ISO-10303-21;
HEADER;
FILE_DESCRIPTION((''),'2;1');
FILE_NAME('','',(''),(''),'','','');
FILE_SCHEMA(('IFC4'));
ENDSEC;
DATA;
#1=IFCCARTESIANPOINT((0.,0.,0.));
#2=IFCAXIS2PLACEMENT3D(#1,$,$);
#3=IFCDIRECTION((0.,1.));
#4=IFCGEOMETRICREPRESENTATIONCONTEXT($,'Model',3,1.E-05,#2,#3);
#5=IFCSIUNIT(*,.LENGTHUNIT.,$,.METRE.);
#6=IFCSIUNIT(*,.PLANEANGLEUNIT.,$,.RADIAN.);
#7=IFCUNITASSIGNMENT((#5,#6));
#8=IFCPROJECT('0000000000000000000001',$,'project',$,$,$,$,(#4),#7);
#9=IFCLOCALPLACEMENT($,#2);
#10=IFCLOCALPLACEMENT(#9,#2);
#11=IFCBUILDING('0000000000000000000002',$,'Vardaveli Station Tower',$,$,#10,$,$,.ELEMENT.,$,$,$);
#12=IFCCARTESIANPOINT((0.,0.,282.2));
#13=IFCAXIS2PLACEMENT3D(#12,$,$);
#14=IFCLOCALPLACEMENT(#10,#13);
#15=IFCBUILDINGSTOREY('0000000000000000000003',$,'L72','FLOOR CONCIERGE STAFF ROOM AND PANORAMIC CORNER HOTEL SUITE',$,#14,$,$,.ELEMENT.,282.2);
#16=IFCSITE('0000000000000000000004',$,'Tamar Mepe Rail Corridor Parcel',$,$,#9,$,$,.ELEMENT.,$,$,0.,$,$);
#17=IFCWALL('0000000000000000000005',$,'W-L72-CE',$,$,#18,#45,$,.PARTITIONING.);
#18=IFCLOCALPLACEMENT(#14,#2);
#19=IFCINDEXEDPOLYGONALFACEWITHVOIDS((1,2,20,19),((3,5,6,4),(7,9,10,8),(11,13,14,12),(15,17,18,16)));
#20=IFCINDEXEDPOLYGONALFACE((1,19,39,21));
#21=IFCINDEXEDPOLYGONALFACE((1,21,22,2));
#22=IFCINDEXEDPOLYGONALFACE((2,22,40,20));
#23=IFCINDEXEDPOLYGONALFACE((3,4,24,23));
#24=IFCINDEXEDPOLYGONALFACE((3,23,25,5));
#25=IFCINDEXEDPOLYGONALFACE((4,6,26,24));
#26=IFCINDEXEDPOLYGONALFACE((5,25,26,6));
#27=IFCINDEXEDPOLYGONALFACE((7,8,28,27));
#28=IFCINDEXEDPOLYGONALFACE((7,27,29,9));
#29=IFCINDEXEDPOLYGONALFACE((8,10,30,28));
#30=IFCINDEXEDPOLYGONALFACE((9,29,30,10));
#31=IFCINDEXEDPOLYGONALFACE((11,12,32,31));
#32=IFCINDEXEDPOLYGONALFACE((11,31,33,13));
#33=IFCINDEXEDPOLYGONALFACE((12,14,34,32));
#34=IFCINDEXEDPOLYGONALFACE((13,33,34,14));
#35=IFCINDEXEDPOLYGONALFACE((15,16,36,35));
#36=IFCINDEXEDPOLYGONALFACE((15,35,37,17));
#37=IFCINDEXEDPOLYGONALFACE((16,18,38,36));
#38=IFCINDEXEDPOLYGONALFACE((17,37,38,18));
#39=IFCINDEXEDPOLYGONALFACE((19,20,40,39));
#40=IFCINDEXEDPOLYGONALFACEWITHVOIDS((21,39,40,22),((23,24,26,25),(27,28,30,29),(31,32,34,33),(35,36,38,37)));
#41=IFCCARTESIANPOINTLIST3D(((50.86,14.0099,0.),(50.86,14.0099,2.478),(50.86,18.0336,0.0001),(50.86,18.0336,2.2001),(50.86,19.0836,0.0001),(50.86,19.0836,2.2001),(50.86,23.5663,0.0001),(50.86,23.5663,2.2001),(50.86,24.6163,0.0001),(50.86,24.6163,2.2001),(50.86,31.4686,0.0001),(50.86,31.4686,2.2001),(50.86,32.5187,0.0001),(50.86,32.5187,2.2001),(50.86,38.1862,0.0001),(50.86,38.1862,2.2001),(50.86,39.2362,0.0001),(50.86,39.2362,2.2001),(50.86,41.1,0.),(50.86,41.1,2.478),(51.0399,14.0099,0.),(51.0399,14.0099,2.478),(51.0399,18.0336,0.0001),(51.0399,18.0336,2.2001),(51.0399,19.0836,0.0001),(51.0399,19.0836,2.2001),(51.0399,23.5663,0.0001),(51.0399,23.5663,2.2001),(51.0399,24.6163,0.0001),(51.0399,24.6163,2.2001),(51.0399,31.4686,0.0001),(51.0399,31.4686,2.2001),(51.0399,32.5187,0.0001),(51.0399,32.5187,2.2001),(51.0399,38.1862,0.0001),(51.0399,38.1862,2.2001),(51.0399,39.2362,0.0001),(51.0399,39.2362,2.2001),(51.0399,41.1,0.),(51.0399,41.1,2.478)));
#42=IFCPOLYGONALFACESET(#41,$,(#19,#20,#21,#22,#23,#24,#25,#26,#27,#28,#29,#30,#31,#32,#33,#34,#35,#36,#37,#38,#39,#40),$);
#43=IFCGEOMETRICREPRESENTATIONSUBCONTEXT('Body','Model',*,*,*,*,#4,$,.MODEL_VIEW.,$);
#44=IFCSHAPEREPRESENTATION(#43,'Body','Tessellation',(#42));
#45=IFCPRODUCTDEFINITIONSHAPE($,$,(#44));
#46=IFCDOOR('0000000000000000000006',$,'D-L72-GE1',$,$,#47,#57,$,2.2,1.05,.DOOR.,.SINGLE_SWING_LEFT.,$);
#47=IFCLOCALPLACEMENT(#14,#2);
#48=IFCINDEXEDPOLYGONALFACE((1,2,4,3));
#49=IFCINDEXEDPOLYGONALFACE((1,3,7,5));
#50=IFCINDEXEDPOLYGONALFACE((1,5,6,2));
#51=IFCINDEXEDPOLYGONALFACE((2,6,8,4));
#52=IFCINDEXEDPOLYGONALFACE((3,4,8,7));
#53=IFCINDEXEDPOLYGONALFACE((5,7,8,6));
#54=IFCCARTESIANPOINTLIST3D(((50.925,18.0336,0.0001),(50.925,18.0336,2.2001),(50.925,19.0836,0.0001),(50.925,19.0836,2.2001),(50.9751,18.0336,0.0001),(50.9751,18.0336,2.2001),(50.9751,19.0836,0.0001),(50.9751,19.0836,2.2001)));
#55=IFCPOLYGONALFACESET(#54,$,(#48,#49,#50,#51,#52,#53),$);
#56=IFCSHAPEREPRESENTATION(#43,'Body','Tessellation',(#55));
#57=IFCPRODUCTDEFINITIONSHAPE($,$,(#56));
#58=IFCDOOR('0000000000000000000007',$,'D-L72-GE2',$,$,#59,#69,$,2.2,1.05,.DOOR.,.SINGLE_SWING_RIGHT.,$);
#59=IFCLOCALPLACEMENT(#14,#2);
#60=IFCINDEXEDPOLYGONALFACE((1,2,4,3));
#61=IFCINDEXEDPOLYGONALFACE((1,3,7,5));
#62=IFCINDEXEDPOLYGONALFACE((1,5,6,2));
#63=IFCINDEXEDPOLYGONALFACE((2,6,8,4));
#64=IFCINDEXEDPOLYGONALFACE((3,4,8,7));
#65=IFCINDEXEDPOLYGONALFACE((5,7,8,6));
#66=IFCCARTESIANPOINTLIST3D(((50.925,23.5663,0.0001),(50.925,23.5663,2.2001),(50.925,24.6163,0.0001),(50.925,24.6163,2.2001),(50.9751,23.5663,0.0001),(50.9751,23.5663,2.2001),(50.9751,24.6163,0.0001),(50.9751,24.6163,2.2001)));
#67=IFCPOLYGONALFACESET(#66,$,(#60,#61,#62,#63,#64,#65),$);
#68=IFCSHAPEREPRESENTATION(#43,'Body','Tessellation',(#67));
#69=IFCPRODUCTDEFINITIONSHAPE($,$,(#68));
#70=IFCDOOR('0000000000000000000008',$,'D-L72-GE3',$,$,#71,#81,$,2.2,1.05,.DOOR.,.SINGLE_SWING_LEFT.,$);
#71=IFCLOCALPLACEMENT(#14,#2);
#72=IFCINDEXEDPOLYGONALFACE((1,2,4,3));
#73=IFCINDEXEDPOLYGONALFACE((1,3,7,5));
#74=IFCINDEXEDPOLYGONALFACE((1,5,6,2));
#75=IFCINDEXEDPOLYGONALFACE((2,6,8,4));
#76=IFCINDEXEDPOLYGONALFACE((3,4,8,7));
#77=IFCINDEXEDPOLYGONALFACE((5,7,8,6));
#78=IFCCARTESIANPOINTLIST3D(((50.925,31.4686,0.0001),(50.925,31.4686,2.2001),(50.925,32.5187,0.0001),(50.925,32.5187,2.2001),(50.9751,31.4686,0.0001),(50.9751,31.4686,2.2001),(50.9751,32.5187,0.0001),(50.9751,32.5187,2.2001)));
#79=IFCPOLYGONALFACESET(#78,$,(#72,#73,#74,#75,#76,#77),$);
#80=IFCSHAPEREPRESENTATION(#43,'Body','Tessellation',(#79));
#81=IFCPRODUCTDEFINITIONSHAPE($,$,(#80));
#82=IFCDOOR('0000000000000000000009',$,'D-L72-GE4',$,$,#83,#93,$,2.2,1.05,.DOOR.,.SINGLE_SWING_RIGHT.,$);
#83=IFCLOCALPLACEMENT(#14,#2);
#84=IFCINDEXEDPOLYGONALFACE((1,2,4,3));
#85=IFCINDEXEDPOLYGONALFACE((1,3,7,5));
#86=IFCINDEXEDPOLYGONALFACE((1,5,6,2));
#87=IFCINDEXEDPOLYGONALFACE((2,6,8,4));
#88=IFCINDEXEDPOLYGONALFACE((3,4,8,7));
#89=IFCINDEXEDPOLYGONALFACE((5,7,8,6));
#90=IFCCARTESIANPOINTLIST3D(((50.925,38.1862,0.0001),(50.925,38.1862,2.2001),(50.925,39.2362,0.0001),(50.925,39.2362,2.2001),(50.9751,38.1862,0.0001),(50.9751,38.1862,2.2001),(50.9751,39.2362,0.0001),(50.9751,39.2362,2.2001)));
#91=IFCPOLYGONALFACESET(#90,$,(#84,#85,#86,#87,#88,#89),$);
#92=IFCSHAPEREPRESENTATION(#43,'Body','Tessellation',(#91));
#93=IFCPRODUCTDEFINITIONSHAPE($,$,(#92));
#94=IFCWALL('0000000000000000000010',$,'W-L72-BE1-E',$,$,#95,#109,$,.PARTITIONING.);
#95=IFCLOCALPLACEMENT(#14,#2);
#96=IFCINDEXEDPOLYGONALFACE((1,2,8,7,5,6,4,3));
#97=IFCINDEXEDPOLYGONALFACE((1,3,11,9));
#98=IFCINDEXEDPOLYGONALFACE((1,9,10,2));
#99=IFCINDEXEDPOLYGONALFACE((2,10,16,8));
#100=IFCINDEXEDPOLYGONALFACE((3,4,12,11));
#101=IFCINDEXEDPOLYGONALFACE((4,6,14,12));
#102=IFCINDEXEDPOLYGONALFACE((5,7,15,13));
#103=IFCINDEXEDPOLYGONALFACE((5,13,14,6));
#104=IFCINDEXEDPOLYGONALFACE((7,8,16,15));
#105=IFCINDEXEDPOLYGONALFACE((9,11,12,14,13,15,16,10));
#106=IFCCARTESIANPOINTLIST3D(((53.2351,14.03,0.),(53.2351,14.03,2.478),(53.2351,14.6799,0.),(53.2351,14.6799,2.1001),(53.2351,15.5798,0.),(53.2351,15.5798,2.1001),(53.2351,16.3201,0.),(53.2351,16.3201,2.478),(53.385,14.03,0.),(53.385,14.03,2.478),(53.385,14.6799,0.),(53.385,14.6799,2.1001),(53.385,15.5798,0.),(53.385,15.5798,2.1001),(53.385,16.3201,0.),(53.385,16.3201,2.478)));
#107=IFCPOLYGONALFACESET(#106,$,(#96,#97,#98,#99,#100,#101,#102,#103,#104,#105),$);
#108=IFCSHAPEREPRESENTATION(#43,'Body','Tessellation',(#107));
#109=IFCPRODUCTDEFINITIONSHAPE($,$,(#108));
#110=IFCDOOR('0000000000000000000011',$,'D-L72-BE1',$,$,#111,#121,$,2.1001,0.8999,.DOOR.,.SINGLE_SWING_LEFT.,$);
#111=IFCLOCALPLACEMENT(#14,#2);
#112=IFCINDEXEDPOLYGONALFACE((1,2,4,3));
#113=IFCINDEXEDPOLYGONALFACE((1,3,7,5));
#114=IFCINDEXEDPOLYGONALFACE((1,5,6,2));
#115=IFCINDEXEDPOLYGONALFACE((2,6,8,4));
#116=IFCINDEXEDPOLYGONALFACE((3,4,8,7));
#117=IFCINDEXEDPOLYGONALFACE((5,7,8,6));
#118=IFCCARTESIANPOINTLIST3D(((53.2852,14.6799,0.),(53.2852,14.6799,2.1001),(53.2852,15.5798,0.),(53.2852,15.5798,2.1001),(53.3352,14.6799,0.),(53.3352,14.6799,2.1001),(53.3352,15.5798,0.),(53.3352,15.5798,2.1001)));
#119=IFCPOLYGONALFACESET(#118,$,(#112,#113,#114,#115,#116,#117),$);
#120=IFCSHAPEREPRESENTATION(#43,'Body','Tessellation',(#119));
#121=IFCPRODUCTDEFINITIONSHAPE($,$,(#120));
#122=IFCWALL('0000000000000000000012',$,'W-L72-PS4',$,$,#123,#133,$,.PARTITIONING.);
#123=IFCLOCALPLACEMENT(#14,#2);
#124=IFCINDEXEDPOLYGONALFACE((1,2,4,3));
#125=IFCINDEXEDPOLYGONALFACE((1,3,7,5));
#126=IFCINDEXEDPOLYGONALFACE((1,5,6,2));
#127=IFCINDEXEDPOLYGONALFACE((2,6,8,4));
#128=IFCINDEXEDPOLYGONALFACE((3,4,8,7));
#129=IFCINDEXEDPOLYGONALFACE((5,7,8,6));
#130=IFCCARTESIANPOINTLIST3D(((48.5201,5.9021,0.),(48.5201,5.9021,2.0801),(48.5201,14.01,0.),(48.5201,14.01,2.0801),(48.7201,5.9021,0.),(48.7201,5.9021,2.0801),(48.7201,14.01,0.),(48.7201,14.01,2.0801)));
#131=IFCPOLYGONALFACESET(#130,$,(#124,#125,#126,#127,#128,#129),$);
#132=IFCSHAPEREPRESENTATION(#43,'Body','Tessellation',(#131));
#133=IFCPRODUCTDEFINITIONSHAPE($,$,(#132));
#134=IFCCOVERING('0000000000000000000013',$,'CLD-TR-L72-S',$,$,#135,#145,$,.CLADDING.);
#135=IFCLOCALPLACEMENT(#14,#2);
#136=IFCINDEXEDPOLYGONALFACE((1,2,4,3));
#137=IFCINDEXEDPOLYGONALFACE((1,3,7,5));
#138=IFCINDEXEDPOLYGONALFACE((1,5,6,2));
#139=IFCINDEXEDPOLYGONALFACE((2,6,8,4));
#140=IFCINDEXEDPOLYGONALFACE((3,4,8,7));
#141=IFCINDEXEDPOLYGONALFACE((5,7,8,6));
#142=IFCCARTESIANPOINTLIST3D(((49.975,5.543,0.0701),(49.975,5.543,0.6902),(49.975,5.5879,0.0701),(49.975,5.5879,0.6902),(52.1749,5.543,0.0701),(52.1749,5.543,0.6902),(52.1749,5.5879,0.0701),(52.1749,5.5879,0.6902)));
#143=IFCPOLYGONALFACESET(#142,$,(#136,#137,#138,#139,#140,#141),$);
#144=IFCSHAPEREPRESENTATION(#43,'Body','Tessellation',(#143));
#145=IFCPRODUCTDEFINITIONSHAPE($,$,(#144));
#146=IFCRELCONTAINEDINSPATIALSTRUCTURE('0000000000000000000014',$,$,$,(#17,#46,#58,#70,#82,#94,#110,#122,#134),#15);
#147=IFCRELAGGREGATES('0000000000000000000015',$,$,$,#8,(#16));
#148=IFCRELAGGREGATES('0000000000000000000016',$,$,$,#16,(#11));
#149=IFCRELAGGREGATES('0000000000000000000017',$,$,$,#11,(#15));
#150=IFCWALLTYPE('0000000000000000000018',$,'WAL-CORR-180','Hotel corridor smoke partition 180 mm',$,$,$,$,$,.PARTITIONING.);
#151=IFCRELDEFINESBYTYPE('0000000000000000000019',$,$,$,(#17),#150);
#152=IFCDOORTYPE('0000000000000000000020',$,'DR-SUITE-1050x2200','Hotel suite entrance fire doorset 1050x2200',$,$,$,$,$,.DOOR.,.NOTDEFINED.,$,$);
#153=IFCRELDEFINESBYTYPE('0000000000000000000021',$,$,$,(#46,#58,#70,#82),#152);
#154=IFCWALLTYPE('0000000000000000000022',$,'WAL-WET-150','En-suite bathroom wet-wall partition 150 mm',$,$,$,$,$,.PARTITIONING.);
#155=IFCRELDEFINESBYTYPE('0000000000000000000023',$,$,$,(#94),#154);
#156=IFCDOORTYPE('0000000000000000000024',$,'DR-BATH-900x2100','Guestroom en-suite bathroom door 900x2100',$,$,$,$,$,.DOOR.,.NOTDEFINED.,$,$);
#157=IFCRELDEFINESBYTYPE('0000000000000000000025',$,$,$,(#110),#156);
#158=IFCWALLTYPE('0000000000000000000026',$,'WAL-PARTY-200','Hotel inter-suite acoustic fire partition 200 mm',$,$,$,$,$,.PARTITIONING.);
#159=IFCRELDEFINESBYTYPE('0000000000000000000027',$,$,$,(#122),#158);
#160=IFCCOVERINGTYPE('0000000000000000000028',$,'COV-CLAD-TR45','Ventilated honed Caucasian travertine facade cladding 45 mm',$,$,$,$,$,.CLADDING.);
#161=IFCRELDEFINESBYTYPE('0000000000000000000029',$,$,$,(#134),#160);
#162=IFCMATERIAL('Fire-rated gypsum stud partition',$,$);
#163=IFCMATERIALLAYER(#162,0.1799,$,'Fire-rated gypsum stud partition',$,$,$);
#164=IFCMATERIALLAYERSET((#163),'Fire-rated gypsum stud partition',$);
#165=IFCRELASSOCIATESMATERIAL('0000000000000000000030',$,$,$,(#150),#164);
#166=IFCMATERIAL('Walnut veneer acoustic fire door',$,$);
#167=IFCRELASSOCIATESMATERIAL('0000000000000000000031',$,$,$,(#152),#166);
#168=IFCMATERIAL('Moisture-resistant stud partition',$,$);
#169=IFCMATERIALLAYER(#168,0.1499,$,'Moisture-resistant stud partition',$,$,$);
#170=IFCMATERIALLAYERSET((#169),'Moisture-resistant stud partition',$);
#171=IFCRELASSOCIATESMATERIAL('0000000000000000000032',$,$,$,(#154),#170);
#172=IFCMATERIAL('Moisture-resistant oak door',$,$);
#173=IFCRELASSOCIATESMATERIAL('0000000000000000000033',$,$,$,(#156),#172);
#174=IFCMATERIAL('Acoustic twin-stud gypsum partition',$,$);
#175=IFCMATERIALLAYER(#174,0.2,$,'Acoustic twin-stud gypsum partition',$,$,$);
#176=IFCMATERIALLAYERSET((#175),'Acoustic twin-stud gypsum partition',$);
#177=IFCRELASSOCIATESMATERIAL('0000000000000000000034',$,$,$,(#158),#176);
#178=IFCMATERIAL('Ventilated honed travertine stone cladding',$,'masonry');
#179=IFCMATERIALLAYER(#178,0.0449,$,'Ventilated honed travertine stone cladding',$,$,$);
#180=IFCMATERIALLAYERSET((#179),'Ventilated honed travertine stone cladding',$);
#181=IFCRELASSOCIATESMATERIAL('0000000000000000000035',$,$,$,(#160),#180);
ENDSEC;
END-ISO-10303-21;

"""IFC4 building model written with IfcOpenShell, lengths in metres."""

from ifc_helpers import new_model, si_unit, direction, frame, frame_2d, origin, origin_2d, place, context, subcontext, project, spatial, rectangle, extrude, source, transform, mapped, material, layer, layer_set, type_object, element, fill, save


model = new_model("IFC4")

# Units and contexts
model_context = context("Model", 3, precision=1e-05, world=origin(), true_north=direction((0.0, 1.0)))
body_context = subcontext(model_context, "Body", "Model", "MODEL_VIEW")
ifc_project = project(units=[si_unit("LENGTHUNIT", "METRE"), si_unit("PLANEANGLEUNIT", "RADIAN")], contexts=[model_context])

# Site, building, storey
site_placement = place(None, origin())
site = spatial("IfcSite", under=ifc_project, at=site_placement, Name="Tamar Mepe Rail Corridor Parcel", CompositionType="ELEMENT", RefElevation=0.0)
building_placement = place(site_placement, origin())
building = spatial("IfcBuilding", under=site, at=building_placement, Name="Vardaveli Station Tower", CompositionType="ELEMENT")
storey_placement = place(building_placement, frame((0.0, 0.0, 282.2)))
storey = spatial("IfcBuildingStorey", under=building, at=storey_placement, Name="L72", Description="FLOOR CONCIERGE STAFF ROOM AND PANORAMIC CORNER HOTEL SUITE", CompositionType="ELEMENT", Elevation=282.2)

# Wall, openings, doors
ifc_material_1 = material(Name="Fire-rated gypsum stud partition")
ifc_layer_1 = layer(ifc_material_1, 0.1799, Name="Fire-rated gypsum stud partition")
ifc_layer_set_1 = layer_set([ifc_layer_1], Name="Fire-rated gypsum stud partition")
wall_type_1 = type_object("IfcWallType", Name="WAL-CORR-180", Description="Hotel corridor smoke partition 180 mm", PredefinedType="PARTITIONING", material=ifc_layer_set_1)
shared_shape_1 = source(origin(), body_context, "Body", "SweptSolid", [
    extrude(rectangle(XDim=27.0901, YDim=0.1799, at=frame_2d((13.5449, 0.0))), origin(), (0.0, 0.0, 1.0), 2.478),
])
wall_1_placement = place(storey_placement, frame((50.95, 14.01, 0.0), z_axis=(0.0, 0.0, 1.0), x_axis=(0.0, 1.0, 0.0)))
wall_1 = element("IfcWall", 1, at=wall_1_placement, inside=storey, type_object=wall_type_1, Name="W-L72-CE", PredefinedType="PARTITIONING", context=body_context, shape_type="MappedRepresentation", body=[
    mapped(shared_shape_1, transform((0.0, 0.0, 0.0), scale=1.0)),
])
shared_shape_2 = source(origin(), body_context, "Body", "SweptSolid", [
    extrude(rectangle(XDim=1.05, YDim=2.2, at=frame_2d((0.5249, 1.1001))), frame((0.0, 0.1001, 0.0), z_axis=(0.0, -1.0, 0.0), x_axis=(1.0, 0.0, 0.0)), (0.0, 0.0, 1.0), 0.2),
])
opening_1_placement = place(wall_1_placement, frame((4.0237, 0.0, 0.0)))
opening_1 = element("IfcOpeningElement", 2, at=opening_1_placement, cuts=wall_1, PredefinedType="OPENING", context=body_context, shape_type="MappedRepresentation", body=[
    mapped(shared_shape_2, transform((0.0, 0.0, 0.0), scale=1.0)),
])
opening_2_placement = place(wall_1_placement, frame((9.5564, 0.0, 0.0)))
opening_2 = element("IfcOpeningElement", 3, at=opening_2_placement, cuts=wall_1, PredefinedType="OPENING", context=body_context, shape_type="MappedRepresentation", body=[
    mapped(shared_shape_2, transform((0.0, 0.0, 0.0), scale=1.0)),
])
opening_3_placement = place(wall_1_placement, frame((17.4587, 0.0, 0.0)))
opening_3 = element("IfcOpeningElement", 4, at=opening_3_placement, cuts=wall_1, PredefinedType="OPENING", context=body_context, shape_type="MappedRepresentation", body=[
    mapped(shared_shape_2, transform((0.0, 0.0, 0.0), scale=1.0)),
])
opening_4_placement = place(wall_1_placement, frame((24.1763, 0.0, 0.0)))
opening_4 = element("IfcOpeningElement", 5, at=opening_4_placement, cuts=wall_1, PredefinedType="OPENING", context=body_context, shape_type="MappedRepresentation", body=[
    mapped(shared_shape_2, transform((0.0, 0.0, 0.0), scale=1.0)),
])
ifc_material_2 = material(Name="Walnut veneer acoustic fire door")
door_type_1 = type_object("IfcDoorType", Name="DR-SUITE-1050x2200", Description="Hotel suite entrance fire doorset 1050x2200", OperationType="NOTDEFINED", PredefinedType="DOOR", material=ifc_material_2)
shared_shape_3 = source(origin(), body_context, "Body", "SweptSolid", [
    extrude(rectangle(XDim=1.05, YDim=2.2, at=frame_2d((0.5249, 1.1001))), frame((0.0, 0.0249, 0.0), z_axis=(0.0, -1.0, 0.0), x_axis=(1.0, 0.0, 0.0)), (0.0, 0.0, 1.0), 0.05),
])
door_1_placement = place(opening_1_placement, origin())
door_1 = element("IfcDoor", 6, at=door_1_placement, inside=storey, type_object=door_type_1, Name="D-L72-GE1", OperationType="SINGLE_SWING_LEFT", OverallHeight=2.2, OverallWidth=1.05, PredefinedType="DOOR", context=body_context, shape_type="MappedRepresentation", body=[
    mapped(shared_shape_3, transform((0.0, 0.0, 0.0), scale=1.0)),
])
fill(opening_1, door_1)
door_2_placement = place(opening_2_placement, origin())
door_2 = element("IfcDoor", 7, at=door_2_placement, inside=storey, type_object=door_type_1, Name="D-L72-GE2", OperationType="SINGLE_SWING_RIGHT", OverallHeight=2.2, OverallWidth=1.05, PredefinedType="DOOR", context=body_context, shape_type="MappedRepresentation", body=[
    mapped(shared_shape_3, transform((0.0, 0.0, 0.0), scale=1.0)),
])
fill(opening_2, door_2)
door_3_placement = place(opening_3_placement, origin())
door_3 = element("IfcDoor", 8, at=door_3_placement, inside=storey, type_object=door_type_1, Name="D-L72-GE3", OperationType="SINGLE_SWING_LEFT", OverallHeight=2.2, OverallWidth=1.05, PredefinedType="DOOR", context=body_context, shape_type="MappedRepresentation", body=[
    mapped(shared_shape_3, transform((0.0, 0.0, 0.0), scale=1.0)),
])
fill(opening_3, door_3)
door_4_placement = place(opening_4_placement, origin())
door_4 = element("IfcDoor", 9, at=door_4_placement, inside=storey, type_object=door_type_1, Name="D-L72-GE4", OperationType="SINGLE_SWING_RIGHT", OverallHeight=2.2, OverallWidth=1.05, PredefinedType="DOOR", context=body_context, shape_type="MappedRepresentation", body=[
    mapped(shared_shape_3, transform((0.0, 0.0, 0.0), scale=1.0)),
])
fill(opening_4, door_4)

# Wall, opening, door
ifc_material_3 = material(Name="Moisture-resistant stud partition")
ifc_layer_2 = layer(ifc_material_3, 0.1499, Name="Moisture-resistant stud partition")
ifc_layer_set_2 = layer_set([ifc_layer_2], Name="Moisture-resistant stud partition")
wall_type_2 = type_object("IfcWallType", Name="WAL-WET-150", Description="En-suite bathroom wet-wall partition 150 mm", PredefinedType="PARTITIONING", material=ifc_layer_set_2)
shared_shape_4 = source(origin(), body_context, "Body", "SweptSolid", [
    extrude(rectangle(XDim=2.29, YDim=0.1499, at=frame_2d((1.145, 0.0))), origin(), (0.0, 0.0, 1.0), 2.478),
])
wall_2_placement = place(storey_placement, frame((53.3101, 14.03, 0.0), z_axis=(0.0, 0.0, 1.0), x_axis=(0.0, 1.0, 0.0)))
wall_2 = element("IfcWall", 10, at=wall_2_placement, inside=storey, type_object=wall_type_2, Name="W-L72-BE1-E", PredefinedType="PARTITIONING", context=body_context, shape_type="MappedRepresentation", body=[
    mapped(shared_shape_4, transform((0.0, 0.0, 0.0), scale=1.0)),
])
shared_shape_5 = source(origin(), body_context, "Body", "SweptSolid", [
    extrude(rectangle(XDim=0.8999, YDim=2.1001, at=frame_2d((0.45, 1.05))), frame((0.0, 0.085, 0.0), z_axis=(0.0, -1.0, 0.0), x_axis=(1.0, 0.0, 0.0)), (0.0, 0.0, 1.0), 0.1699),
])
opening_5_placement = place(wall_2_placement, frame((0.6499, 0.0, 0.0)))
opening_5 = element("IfcOpeningElement", 11, at=opening_5_placement, cuts=wall_2, PredefinedType="OPENING", context=body_context, shape_type="MappedRepresentation", body=[
    mapped(shared_shape_5, transform((0.0, 0.0, 0.0), scale=1.0)),
])
ifc_material_4 = material(Name="Moisture-resistant oak door")
door_type_2 = type_object("IfcDoorType", Name="DR-BATH-900x2100", Description="Guestroom en-suite bathroom door 900x2100", OperationType="NOTDEFINED", PredefinedType="DOOR", material=ifc_material_4)
shared_shape_6 = source(origin(), body_context, "Body", "SweptSolid", [
    extrude(rectangle(XDim=0.8999, YDim=2.1001, at=frame_2d((0.45, 1.05))), frame((0.0, 0.0249, 0.0), z_axis=(0.0, -1.0, 0.0), x_axis=(1.0, 0.0, 0.0)), (0.0, 0.0, 1.0), 0.05),
])
door_5_placement = place(opening_5_placement, origin())
door_5 = element("IfcDoor", 12, at=door_5_placement, inside=storey, type_object=door_type_2, Name="D-L72-BE1", OperationType="SINGLE_SWING_LEFT", OverallHeight=2.1001, OverallWidth=0.8999, PredefinedType="DOOR", context=body_context, shape_type="MappedRepresentation", body=[
    mapped(shared_shape_6, transform((0.0, 0.0, 0.0), scale=1.0)),
])
fill(opening_5, door_5)

# Wall
ifc_material_5 = material(Name="Acoustic twin-stud gypsum partition")
ifc_layer_3 = layer(ifc_material_5, 0.2, Name="Acoustic twin-stud gypsum partition")
ifc_layer_set_3 = layer_set([ifc_layer_3], Name="Acoustic twin-stud gypsum partition")
wall_type_3 = type_object("IfcWallType", Name="WAL-PARTY-200", Description="Hotel inter-suite acoustic fire partition 200 mm", PredefinedType="PARTITIONING", material=ifc_layer_set_3)
shared_shape_7 = source(origin(), body_context, "Body", "SweptSolid", [
    extrude(rectangle(XDim=8.1079, YDim=0.2, at=frame_2d((4.054, 0.0))), origin(), (0.0, 0.0, 1.0), 2.0801),
])
wall_3_placement = place(storey_placement, frame((48.6201, 5.9021, 0.0), z_axis=(0.0, 0.0, 1.0), x_axis=(0.0, 1.0, 0.0)))
element("IfcWall", 13, at=wall_3_placement, inside=storey, type_object=wall_type_3, Name="W-L72-PS4", PredefinedType="PARTITIONING", context=body_context, shape_type="MappedRepresentation", body=[
    mapped(shared_shape_7, transform((0.0, 0.0, 0.0), scale=1.0)),
])

# Covering
ifc_material_6 = material(Name="Ventilated honed travertine stone cladding", Category="masonry")
ifc_layer_4 = layer(ifc_material_6, 0.0449, Name="Ventilated honed travertine stone cladding")
ifc_layer_set_4 = layer_set([ifc_layer_4], Name="Ventilated honed travertine stone cladding")
covering_type = type_object("IfcCoveringType", Name="COV-CLAD-TR45", Description="Ventilated honed Caucasian travertine facade cladding 45 mm", PredefinedType="CLADDING", material=ifc_layer_set_4)
shared_shape_8 = source(origin(), body_context, "Body", "SweptSolid", [
    extrude(rectangle(XDim=2.2, YDim=0.0449, at=origin_2d()), origin(), (0.0, 0.0, 1.0), 0.6201),
])
covering_placement = place(storey_placement, frame((51.075, 5.5654, 0.0701), z_axis=(0.0, 0.0, 1.0), x_axis=(1.0, 0.0, 0.0)))
element("IfcCovering", 14, at=covering_placement, inside=storey, type_object=covering_type, Name="CLD-TR-L72-S", PredefinedType="CLADDING", context=body_context, shape_type="MappedRepresentation", body=[
    mapped(shared_shape_8, transform((0.0, 0.0, 0.0), scale=1.0)),
])

save(model, "model.ifc")
